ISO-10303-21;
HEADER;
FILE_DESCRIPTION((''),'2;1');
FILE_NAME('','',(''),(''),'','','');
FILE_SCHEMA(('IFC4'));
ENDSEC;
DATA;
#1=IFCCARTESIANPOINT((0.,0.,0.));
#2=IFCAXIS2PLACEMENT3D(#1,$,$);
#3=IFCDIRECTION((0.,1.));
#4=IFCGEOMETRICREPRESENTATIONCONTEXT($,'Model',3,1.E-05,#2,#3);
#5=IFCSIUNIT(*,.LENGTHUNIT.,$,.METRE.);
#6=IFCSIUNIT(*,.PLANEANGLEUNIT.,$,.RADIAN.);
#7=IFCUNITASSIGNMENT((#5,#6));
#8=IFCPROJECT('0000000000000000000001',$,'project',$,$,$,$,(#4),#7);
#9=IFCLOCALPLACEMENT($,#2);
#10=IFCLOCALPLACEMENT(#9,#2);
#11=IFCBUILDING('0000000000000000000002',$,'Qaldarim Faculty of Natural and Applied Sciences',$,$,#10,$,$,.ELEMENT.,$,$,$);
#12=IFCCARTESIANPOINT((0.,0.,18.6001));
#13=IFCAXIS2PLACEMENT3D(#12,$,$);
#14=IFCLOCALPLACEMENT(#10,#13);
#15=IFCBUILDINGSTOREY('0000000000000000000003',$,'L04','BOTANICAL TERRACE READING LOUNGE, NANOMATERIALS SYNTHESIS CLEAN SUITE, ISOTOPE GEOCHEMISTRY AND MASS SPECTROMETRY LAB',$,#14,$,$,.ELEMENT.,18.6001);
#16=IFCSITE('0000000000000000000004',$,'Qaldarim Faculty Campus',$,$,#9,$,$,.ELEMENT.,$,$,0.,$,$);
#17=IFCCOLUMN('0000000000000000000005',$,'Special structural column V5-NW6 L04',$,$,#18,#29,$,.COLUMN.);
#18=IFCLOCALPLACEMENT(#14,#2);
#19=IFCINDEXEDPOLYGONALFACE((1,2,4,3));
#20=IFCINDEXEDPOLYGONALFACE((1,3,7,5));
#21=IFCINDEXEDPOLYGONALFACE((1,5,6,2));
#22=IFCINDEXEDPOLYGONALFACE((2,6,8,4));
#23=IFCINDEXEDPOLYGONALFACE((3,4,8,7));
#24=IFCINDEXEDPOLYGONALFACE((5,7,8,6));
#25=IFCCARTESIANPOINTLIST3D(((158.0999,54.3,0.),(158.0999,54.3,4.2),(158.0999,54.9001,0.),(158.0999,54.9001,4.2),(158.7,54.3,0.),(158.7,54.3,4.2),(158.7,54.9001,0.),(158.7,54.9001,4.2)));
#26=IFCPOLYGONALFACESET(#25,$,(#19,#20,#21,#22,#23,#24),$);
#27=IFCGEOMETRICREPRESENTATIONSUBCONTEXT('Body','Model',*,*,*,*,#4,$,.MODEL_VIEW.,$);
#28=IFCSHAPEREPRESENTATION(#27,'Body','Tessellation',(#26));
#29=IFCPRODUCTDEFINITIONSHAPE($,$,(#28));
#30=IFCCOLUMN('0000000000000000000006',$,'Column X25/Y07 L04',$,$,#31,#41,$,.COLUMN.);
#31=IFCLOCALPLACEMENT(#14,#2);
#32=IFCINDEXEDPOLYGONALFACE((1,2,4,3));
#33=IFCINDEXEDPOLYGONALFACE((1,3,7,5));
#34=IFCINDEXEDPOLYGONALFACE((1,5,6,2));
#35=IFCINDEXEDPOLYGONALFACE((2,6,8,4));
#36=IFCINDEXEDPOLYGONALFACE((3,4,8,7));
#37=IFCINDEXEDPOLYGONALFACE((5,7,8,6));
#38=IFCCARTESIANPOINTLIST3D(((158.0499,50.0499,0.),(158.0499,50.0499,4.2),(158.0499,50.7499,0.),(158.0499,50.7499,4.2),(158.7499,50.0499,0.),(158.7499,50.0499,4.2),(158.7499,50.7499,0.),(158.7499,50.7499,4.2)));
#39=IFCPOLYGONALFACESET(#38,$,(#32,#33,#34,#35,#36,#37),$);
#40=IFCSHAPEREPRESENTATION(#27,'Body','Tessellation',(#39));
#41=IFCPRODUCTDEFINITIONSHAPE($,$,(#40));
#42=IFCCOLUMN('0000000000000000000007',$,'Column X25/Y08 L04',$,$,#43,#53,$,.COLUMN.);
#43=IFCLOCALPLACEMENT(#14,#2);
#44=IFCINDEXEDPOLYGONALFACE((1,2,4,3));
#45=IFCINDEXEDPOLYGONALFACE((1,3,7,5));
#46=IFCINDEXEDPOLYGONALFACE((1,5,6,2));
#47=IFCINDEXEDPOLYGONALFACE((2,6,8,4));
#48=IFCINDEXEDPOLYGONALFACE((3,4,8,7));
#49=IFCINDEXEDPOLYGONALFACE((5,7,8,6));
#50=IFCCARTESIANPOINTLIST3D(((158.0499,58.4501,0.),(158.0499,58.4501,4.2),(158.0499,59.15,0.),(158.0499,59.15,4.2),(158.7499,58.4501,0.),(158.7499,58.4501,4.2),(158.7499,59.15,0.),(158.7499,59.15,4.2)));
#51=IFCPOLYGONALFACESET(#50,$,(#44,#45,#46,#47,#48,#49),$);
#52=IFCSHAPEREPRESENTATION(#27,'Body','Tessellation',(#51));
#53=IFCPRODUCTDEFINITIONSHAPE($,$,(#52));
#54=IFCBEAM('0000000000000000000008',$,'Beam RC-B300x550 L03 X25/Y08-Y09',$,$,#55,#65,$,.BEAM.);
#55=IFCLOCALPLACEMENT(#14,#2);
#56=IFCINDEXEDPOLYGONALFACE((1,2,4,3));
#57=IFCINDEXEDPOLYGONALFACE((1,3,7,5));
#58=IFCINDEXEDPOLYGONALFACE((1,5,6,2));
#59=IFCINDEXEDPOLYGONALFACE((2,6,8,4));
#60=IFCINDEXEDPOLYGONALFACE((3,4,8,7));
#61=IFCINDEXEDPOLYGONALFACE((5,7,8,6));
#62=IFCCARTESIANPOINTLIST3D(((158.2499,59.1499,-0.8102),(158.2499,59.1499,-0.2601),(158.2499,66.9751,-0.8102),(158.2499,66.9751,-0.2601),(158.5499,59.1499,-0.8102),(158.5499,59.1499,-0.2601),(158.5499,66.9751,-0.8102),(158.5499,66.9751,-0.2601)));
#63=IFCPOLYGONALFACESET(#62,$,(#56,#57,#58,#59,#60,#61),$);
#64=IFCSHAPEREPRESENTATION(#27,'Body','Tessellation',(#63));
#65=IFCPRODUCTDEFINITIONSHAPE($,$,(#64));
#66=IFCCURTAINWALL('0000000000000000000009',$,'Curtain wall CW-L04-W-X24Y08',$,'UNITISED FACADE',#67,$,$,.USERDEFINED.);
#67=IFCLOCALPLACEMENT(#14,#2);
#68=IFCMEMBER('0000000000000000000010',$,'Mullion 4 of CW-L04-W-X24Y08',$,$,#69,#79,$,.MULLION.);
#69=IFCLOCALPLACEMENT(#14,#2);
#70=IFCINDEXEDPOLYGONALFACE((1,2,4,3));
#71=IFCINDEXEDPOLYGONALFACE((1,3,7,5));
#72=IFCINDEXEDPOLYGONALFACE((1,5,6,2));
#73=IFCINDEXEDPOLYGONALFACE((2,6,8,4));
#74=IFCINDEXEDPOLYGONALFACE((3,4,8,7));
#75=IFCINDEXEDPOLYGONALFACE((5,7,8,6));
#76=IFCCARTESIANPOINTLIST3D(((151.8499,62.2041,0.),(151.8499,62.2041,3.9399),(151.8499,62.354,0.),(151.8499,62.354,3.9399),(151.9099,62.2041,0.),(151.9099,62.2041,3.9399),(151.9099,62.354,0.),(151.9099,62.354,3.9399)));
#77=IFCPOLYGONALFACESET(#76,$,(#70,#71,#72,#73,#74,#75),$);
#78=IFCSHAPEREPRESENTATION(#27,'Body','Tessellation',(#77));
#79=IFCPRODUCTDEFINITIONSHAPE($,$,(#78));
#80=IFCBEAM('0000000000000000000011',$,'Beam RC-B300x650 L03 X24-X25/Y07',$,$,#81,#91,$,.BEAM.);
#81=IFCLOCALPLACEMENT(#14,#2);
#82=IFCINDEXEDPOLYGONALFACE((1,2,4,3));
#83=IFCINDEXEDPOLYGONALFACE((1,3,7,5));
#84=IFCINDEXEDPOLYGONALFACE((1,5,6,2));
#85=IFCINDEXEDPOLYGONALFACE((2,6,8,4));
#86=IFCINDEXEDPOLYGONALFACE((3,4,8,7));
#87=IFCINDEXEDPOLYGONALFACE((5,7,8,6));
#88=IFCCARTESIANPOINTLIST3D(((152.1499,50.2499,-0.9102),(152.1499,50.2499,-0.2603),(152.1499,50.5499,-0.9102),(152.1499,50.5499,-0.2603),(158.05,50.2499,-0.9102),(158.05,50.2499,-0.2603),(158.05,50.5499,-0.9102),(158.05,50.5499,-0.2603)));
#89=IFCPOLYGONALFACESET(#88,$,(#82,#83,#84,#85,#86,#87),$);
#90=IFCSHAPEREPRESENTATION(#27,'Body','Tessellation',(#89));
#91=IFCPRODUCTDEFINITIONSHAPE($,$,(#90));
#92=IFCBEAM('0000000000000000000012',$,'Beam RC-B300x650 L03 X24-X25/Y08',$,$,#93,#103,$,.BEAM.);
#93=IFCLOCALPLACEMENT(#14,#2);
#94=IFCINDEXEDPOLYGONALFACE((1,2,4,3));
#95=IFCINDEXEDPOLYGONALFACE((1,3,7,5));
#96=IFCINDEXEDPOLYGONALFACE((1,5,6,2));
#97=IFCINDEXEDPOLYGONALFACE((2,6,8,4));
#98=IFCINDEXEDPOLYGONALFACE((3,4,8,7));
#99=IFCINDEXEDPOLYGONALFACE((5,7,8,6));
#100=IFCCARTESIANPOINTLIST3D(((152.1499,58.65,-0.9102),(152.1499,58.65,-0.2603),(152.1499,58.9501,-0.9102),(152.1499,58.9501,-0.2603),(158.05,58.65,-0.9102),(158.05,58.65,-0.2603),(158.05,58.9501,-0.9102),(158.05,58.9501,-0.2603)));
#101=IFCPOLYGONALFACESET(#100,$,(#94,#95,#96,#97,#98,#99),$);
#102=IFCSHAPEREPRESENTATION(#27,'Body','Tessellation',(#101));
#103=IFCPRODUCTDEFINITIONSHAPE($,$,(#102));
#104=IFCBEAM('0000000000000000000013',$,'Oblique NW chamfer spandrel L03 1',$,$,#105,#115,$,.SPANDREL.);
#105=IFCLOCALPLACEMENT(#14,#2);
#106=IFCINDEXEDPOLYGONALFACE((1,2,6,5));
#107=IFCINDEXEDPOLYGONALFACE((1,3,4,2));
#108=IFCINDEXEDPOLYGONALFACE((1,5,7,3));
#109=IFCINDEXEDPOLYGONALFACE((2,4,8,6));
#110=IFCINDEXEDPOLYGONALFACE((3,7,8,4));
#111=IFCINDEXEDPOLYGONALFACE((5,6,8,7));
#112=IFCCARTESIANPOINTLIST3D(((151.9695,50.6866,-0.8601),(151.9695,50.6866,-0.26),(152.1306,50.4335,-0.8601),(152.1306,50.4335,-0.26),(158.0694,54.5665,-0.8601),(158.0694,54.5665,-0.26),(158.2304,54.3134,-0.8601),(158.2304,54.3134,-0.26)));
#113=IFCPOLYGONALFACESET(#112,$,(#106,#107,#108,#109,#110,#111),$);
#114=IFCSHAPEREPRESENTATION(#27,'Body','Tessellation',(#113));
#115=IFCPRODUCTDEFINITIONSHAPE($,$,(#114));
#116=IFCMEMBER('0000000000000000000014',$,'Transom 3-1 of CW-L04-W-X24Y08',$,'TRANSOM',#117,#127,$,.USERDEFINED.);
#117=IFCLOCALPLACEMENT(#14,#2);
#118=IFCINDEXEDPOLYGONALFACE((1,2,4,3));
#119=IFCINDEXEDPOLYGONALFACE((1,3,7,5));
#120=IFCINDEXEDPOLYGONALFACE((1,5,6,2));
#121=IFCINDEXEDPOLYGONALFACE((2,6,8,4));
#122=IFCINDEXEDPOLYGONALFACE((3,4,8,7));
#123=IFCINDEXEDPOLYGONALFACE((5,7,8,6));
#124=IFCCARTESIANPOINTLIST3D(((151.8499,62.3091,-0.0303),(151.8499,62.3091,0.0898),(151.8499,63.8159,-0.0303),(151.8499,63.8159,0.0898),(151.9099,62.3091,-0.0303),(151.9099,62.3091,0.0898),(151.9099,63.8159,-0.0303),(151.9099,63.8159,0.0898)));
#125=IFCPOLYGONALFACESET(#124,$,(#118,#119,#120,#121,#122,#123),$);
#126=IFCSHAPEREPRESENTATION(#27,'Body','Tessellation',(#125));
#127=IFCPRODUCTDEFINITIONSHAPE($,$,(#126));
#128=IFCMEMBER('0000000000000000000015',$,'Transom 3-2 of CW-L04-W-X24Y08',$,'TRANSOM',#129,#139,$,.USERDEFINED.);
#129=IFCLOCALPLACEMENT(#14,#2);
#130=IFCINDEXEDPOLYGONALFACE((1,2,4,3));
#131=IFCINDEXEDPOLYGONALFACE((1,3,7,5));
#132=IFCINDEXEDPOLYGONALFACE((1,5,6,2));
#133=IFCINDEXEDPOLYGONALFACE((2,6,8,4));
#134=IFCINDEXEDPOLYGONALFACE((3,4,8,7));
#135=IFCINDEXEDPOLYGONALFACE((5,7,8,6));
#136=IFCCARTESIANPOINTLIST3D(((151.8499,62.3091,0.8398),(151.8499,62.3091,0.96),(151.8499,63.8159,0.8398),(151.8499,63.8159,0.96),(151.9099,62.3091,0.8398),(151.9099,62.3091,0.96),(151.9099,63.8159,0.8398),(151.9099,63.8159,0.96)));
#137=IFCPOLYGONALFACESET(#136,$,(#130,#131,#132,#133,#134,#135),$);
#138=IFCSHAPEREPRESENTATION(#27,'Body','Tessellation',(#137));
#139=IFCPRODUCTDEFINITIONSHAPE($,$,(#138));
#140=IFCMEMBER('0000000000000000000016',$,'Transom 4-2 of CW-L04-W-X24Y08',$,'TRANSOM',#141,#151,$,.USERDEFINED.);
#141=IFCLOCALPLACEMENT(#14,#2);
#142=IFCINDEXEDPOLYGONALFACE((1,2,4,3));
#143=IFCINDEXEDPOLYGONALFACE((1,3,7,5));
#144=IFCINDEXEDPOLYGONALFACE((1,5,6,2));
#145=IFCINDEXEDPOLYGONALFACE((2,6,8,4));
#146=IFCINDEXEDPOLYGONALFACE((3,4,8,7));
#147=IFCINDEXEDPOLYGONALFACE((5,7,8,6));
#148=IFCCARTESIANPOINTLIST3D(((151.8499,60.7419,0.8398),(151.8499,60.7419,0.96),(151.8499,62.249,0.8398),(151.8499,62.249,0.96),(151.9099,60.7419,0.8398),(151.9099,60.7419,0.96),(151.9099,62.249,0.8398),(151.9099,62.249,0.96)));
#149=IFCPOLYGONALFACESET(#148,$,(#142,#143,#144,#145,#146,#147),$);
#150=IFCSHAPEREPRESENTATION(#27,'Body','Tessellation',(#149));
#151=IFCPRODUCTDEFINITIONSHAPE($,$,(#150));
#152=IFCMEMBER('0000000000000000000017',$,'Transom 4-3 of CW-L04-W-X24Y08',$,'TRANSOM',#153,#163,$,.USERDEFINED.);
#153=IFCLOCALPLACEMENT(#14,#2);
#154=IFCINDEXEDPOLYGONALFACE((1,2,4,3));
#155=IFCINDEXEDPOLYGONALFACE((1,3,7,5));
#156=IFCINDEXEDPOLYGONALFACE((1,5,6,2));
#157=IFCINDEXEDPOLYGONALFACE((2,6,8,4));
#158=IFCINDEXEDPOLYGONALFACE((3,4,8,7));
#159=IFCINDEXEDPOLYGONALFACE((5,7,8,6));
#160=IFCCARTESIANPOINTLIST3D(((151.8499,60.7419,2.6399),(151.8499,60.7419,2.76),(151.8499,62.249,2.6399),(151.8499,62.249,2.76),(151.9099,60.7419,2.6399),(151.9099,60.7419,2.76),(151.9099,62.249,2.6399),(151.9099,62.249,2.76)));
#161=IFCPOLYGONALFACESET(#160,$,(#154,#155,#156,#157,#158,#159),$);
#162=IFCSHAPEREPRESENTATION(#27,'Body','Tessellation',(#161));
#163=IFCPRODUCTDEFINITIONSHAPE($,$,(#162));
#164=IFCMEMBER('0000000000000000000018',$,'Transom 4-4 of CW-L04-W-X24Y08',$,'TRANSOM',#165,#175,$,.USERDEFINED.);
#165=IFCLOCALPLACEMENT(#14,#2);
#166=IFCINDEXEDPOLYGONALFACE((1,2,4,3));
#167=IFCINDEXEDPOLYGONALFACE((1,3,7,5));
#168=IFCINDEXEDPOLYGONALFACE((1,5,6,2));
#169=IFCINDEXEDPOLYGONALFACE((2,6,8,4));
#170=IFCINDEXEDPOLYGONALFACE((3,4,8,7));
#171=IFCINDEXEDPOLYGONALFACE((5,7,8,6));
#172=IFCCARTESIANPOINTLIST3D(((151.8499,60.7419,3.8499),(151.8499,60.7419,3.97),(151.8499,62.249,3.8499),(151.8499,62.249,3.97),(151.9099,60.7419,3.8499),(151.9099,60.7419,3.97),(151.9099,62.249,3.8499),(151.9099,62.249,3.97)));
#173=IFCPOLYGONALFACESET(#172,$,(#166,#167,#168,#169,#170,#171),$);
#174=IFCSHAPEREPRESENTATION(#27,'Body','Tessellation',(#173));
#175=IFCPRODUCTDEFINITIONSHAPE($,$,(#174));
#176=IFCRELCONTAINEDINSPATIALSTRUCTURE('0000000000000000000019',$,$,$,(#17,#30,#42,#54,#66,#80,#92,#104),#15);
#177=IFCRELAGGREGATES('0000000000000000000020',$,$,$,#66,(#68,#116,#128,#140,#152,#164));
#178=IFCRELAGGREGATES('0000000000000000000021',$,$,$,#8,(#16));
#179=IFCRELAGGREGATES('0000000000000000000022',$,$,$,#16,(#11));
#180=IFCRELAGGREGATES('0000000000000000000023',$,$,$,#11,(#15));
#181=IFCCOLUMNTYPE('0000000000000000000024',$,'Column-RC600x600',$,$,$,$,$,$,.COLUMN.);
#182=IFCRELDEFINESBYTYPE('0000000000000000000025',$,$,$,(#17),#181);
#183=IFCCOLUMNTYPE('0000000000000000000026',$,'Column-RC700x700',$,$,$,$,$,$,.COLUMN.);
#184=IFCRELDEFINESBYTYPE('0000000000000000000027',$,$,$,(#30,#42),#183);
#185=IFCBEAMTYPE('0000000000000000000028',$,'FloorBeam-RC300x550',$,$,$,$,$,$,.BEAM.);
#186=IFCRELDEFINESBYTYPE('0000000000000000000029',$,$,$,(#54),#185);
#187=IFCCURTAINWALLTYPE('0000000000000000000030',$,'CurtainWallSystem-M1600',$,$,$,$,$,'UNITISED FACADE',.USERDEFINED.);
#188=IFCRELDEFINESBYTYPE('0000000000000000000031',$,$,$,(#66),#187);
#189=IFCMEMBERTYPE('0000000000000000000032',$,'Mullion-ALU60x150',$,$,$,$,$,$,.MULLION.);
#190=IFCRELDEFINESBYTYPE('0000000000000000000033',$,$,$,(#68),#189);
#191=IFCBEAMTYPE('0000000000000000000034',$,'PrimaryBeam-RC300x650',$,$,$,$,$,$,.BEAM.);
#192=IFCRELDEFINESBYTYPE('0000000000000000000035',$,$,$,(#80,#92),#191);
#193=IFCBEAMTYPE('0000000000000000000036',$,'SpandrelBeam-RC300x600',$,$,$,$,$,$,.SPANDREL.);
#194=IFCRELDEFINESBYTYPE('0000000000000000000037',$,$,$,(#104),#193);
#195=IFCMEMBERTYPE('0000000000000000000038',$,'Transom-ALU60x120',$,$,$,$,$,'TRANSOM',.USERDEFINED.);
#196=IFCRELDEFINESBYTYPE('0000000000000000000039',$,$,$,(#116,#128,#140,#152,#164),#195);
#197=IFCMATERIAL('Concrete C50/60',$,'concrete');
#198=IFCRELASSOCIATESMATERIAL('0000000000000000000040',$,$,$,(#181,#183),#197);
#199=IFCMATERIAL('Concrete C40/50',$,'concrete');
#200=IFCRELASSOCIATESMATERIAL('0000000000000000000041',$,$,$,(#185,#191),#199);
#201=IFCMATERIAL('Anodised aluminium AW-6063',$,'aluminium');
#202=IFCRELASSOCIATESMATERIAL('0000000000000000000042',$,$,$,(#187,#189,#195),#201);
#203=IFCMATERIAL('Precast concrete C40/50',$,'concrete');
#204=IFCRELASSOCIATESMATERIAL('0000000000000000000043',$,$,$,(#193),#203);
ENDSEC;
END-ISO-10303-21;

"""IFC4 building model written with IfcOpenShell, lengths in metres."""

from ifc_helpers import new_model, si_unit, direction, frame, origin, origin_2d, place, context, subcontext, project, spatial, rectangle, extrude, material, material_profile, profile_set, type_object, element, aggregate, save


model = new_model("IFC4")

# Units and contexts
model_context = context("Model", 3, precision=1e-05, world=origin(), true_north=direction((0.0, 1.0)))
body_context = subcontext(model_context, "Body", "Model", "MODEL_VIEW")
ifc_project = project(units=[si_unit("LENGTHUNIT", "METRE"), si_unit("PLANEANGLEUNIT", "RADIAN")], contexts=[model_context])

# Site, building, storey
site_placement = place(None, origin())
site = spatial("IfcSite", under=ifc_project, at=site_placement, Name="Qaldarim Faculty Campus", CompositionType="ELEMENT", RefElevation=0.0)
building_placement = place(site_placement, origin())
building = spatial("IfcBuilding", under=site, at=building_placement, Name="Qaldarim Faculty of Natural and Applied Sciences", CompositionType="ELEMENT")
storey_placement = place(building_placement, frame((0.0, 0.0, 18.6001)))
storey = spatial("IfcBuildingStorey", under=building, at=storey_placement, Name="L04", Description="BOTANICAL TERRACE READING LOUNGE, NANOMATERIALS SYNTHESIS CLEAN SUITE, ISOTOPE GEOCHEMISTRY AND MASS SPECTROMETRY LAB", CompositionType="ELEMENT", Elevation=18.6001)

# Columns
ifc_material_1 = material(Name="Concrete C50/60", Category="concrete")
ifc_material_profile_1 = material_profile(ifc_material_1, rectangle(XDim=0.6001, YDim=0.6001, at=origin_2d()), Name="RC-C600x600")
ifc_profile_set_1 = profile_set([ifc_material_profile_1], Name="Concrete C50/60")
column_type_1 = type_object("IfcColumnType", Name="Column-RC600x600", PredefinedType="COLUMN", material=ifc_profile_set_1)
column_placement = place(storey_placement, frame((158.3999, 54.6001, 0.0), z_axis=(0.0, 0.0, 1.0), x_axis=(1.0, 0.0, 0.0)))
element("IfcColumn", 1, at=column_placement, inside=storey, type_object=column_type_1, Name="Special structural column V5-NW6 L04", PredefinedType="COLUMN", context=body_context, shape_type="SweptSolid", body=[
    extrude(rectangle(XDim=0.6001, YDim=0.6001, at=origin_2d()), origin(), (0.0, 0.0, 1.0), 4.2),
])
ifc_material_profile_2 = material_profile(ifc_material_1, rectangle(XDim=0.7, YDim=0.7, at=origin_2d()), Name="RC-C700x700")
ifc_profile_set_2 = profile_set([ifc_material_profile_2], Name="Concrete C50/60")
column_type_2 = type_object("IfcColumnType", Name="Column-RC700x700", PredefinedType="COLUMN", material=ifc_profile_set_2)
for number, where, z_axis, x_axis, name in (
    (2, (158.3999, 50.3999, 0.0), (0.0, 0.0, 1.0), (1.0, 0.0, 0.0), "Column X25/Y07 L04"),
    (3, (158.3999, 58.8, 0.0), (0.0, 0.0, 1.0), (1.0, 0.0, 0.0), "Column X25/Y08 L04"),
):
    element("IfcColumn", number, at=place(storey_placement, frame(where, z_axis=z_axis, x_axis=x_axis)), inside=storey, type_object=column_type_2, Name=name, PredefinedType="COLUMN", context=body_context, shape_type="SweptSolid", body=[
        extrude(rectangle(XDim=0.7, YDim=0.7, at=origin_2d()), origin(), (0.0, 0.0, 1.0), 4.2),
    ])

# Beam
ifc_material_2 = material(Name="Concrete C40/50", Category="concrete")
ifc_material_profile_3 = material_profile(ifc_material_2, rectangle(XDim=0.3, YDim=0.55, at=origin_2d()), Name="RC-B300x550")
ifc_profile_set_3 = profile_set([ifc_material_profile_3], Name="Concrete C40/50")
beam_type_1 = type_object("IfcBeamType", Name="FloorBeam-RC300x550", PredefinedType="BEAM", material=ifc_profile_set_3)
beam_1_placement = place(storey_placement, frame((158.3999, 59.1499, -0.5352), z_axis=(0.0, 1.0, 0.0), x_axis=(-1.0, 0.0, 0.0)))
element("IfcBeam", 4, at=beam_1_placement, inside=storey, type_object=beam_type_1, Name="Beam RC-B300x550 L03 X25/Y08-Y09", PredefinedType="BEAM", context=body_context, shape_type="SweptSolid", body=[
    extrude(rectangle(XDim=0.3, YDim=0.55, at=origin_2d()), origin(), (0.0, 0.0, 1.0), 7.8252),
])

# Curtain wall, member
ifc_material_3 = material(Name="Anodised aluminium AW-6063", Category="aluminium")
curtain_wall_type = type_object("IfcCurtainWallType", Name="CurtainWallSystem-M1600", ElementType="UNITISED FACADE", PredefinedType="USERDEFINED", material=ifc_material_3)
curtain_wall_placement = place(storey_placement, origin())
curtain_wall = element("IfcCurtainWall", 5, at=curtain_wall_placement, inside=storey, type_object=curtain_wall_type, Name="Curtain wall CW-L04-W-X24Y08", ObjectType="UNITISED FACADE", PredefinedType="USERDEFINED")
ifc_material_profile_4 = material_profile(ifc_material_3, rectangle(XDim=0.0601, YDim=0.1499, at=origin_2d()), Name="ALU-M60x150")
ifc_profile_set_4 = profile_set([ifc_material_profile_4], Name="Anodised aluminium AW-6063")
member_type_1 = type_object("IfcMemberType", Name="Mullion-ALU60x150", PredefinedType="MULLION", material=ifc_profile_set_4)
member_1_placement = place(storey_placement, frame((151.8799, 62.2791, 0.0), z_axis=(0.0, 0.0, 1.0), x_axis=(1.0, 0.0, 0.0)))
member_1 = element("IfcMember", 6, at=member_1_placement, type_object=member_type_1, Name="Mullion 4 of CW-L04-W-X24Y08", PredefinedType="MULLION", context=body_context, shape_type="SweptSolid", body=[
    extrude(rectangle(XDim=0.0601, YDim=0.1499, at=origin_2d()), origin(), (0.0, 0.0, 1.0), 3.9399),
])

# Beams
ifc_material_profile_5 = material_profile(ifc_material_2, rectangle(XDim=0.3, YDim=0.6499, at=origin_2d()), Name="RC-B300x650")
ifc_profile_set_5 = profile_set([ifc_material_profile_5], Name="Concrete C40/50")
beam_type_2 = type_object("IfcBeamType", Name="PrimaryBeam-RC300x650", PredefinedType="BEAM", material=ifc_profile_set_5)
for number, where, z_axis, x_axis, name in (
    (7, (152.1499, 50.3999, -0.5852), (1.0, 0.0, 0.0), (0.0, 1.0, 0.0), "Beam RC-B300x650 L03 X24-X25/Y07"),
    (8, (152.1499, 58.8, -0.5852), (1.0, 0.0, 0.0), (0.0, 1.0, 0.0), "Beam RC-B300x650 L03 X24-X25/Y08"),
):
    element("IfcBeam", number, at=place(storey_placement, frame(where, z_axis=z_axis, x_axis=x_axis)), inside=storey, type_object=beam_type_2, Name=name, PredefinedType="BEAM", context=body_context, shape_type="SweptSolid", body=[
        extrude(rectangle(XDim=0.3, YDim=0.6499, at=origin_2d()), origin(), (0.0, 0.0, 1.0), 5.9001),
    ])
ifc_material_4 = material(Name="Precast concrete C40/50", Category="concrete")
ifc_material_profile_6 = material_profile(ifc_material_4, rectangle(XDim=0.3, YDim=0.6001, at=origin_2d()), Name="RC-SP300x600")
ifc_profile_set_6 = profile_set([ifc_material_profile_6], Name="Precast concrete C40/50")
beam_type_3 = type_object("IfcBeamType", Name="SpandrelBeam-RC300x600", PredefinedType="SPANDREL", material=ifc_profile_set_6)
beam_2_placement = place(storey_placement, frame((152.05, 50.5601, -0.5601), z_axis=(0.843777, 0.536694, 0.0), x_axis=(-0.536694, 0.843777, 0.0)))
element("IfcBeam", 9, at=beam_2_placement, inside=storey, type_object=beam_type_3, Name="Oblique NW chamfer spandrel L03 1", PredefinedType="SPANDREL", context=body_context, shape_type="SweptSolid", body=[
    extrude(rectangle(XDim=0.3, YDim=0.6001, at=origin_2d()), origin(), (0.0, 0.0, 1.0), 7.2292),
])

# Members
ifc_material_profile_7 = material_profile(ifc_material_3, rectangle(XDim=0.0601, YDim=0.1201, at=origin_2d()), Name="ALU-T60x120")
ifc_profile_set_7 = profile_set([ifc_material_profile_7], Name="Anodised aluminium AW-6063")
member_type_2 = type_object("IfcMemberType", Name="Transom-ALU60x120", ElementType="TRANSOM", PredefinedType="USERDEFINED", material=ifc_profile_set_7)
member_2_placement = place(storey_placement, frame((151.8799, 63.8159, 0.0298), z_axis=(0.0, -1.0, 0.0), x_axis=(1.0, 0.0, 0.0)))
member_2 = element("IfcMember", 10, at=member_2_placement, type_object=member_type_2, Name="Transom 3-1 of CW-L04-W-X24Y08", ObjectType="TRANSOM", PredefinedType="USERDEFINED", context=body_context, shape_type="SweptSolid", body=[
    extrude(rectangle(XDim=0.0601, YDim=0.1201, at=origin_2d()), origin(), (0.0, 0.0, 1.0), 1.5068),
])
member_3_placement = place(storey_placement, frame((151.8799, 63.8159, 0.8999), z_axis=(0.0, -1.0, 0.0), x_axis=(1.0, 0.0, 0.0)))
member_3 = element("IfcMember", 11, at=member_3_placement, type_object=member_type_2, Name="Transom 3-2 of CW-L04-W-X24Y08", ObjectType="TRANSOM", PredefinedType="USERDEFINED", context=body_context, shape_type="SweptSolid", body=[
    extrude(rectangle(XDim=0.0601, YDim=0.1201, at=origin_2d()), origin(), (0.0, 0.0, 1.0), 1.5068),
])
member_4_placement = place(storey_placement, frame((151.8799, 62.249, 0.8999), z_axis=(0.0, -1.0, 0.0), x_axis=(1.0, 0.0, 0.0)))
member_4 = element("IfcMember", 12, at=member_4_placement, type_object=member_type_2, Name="Transom 4-2 of CW-L04-W-X24Y08", ObjectType="TRANSOM", PredefinedType="USERDEFINED", context=body_context, shape_type="SweptSolid", body=[
    extrude(rectangle(XDim=0.0601, YDim=0.1201, at=origin_2d()), origin(), (0.0, 0.0, 1.0), 1.5071),
])
member_5_placement = place(storey_placement, frame((151.8799, 62.249, 2.7), z_axis=(0.0, -1.0, 0.0), x_axis=(1.0, 0.0, 0.0)))
member_5 = element("IfcMember", 13, at=member_5_placement, type_object=member_type_2, Name="Transom 4-3 of CW-L04-W-X24Y08", ObjectType="TRANSOM", PredefinedType="USERDEFINED", context=body_context, shape_type="SweptSolid", body=[
    extrude(rectangle(XDim=0.0601, YDim=0.1201, at=origin_2d()), origin(), (0.0, 0.0, 1.0), 1.5071),
])
member_6_placement = place(storey_placement, frame((151.8799, 62.249, 3.9099), z_axis=(0.0, -1.0, 0.0), x_axis=(1.0, 0.0, 0.0)))
member_6 = element("IfcMember", 14, at=member_6_placement, type_object=member_type_2, Name="Transom 4-4 of CW-L04-W-X24Y08", ObjectType="TRANSOM", PredefinedType="USERDEFINED", context=body_context, shape_type="SweptSolid", body=[
    extrude(rectangle(XDim=0.0601, YDim=0.1201, at=origin_2d()), origin(), (0.0, 0.0, 1.0), 1.5071),
])

aggregate(curtain_wall, [member_1, member_2, member_3, member_4, member_5, member_6])

save(model, "model.ifc")
